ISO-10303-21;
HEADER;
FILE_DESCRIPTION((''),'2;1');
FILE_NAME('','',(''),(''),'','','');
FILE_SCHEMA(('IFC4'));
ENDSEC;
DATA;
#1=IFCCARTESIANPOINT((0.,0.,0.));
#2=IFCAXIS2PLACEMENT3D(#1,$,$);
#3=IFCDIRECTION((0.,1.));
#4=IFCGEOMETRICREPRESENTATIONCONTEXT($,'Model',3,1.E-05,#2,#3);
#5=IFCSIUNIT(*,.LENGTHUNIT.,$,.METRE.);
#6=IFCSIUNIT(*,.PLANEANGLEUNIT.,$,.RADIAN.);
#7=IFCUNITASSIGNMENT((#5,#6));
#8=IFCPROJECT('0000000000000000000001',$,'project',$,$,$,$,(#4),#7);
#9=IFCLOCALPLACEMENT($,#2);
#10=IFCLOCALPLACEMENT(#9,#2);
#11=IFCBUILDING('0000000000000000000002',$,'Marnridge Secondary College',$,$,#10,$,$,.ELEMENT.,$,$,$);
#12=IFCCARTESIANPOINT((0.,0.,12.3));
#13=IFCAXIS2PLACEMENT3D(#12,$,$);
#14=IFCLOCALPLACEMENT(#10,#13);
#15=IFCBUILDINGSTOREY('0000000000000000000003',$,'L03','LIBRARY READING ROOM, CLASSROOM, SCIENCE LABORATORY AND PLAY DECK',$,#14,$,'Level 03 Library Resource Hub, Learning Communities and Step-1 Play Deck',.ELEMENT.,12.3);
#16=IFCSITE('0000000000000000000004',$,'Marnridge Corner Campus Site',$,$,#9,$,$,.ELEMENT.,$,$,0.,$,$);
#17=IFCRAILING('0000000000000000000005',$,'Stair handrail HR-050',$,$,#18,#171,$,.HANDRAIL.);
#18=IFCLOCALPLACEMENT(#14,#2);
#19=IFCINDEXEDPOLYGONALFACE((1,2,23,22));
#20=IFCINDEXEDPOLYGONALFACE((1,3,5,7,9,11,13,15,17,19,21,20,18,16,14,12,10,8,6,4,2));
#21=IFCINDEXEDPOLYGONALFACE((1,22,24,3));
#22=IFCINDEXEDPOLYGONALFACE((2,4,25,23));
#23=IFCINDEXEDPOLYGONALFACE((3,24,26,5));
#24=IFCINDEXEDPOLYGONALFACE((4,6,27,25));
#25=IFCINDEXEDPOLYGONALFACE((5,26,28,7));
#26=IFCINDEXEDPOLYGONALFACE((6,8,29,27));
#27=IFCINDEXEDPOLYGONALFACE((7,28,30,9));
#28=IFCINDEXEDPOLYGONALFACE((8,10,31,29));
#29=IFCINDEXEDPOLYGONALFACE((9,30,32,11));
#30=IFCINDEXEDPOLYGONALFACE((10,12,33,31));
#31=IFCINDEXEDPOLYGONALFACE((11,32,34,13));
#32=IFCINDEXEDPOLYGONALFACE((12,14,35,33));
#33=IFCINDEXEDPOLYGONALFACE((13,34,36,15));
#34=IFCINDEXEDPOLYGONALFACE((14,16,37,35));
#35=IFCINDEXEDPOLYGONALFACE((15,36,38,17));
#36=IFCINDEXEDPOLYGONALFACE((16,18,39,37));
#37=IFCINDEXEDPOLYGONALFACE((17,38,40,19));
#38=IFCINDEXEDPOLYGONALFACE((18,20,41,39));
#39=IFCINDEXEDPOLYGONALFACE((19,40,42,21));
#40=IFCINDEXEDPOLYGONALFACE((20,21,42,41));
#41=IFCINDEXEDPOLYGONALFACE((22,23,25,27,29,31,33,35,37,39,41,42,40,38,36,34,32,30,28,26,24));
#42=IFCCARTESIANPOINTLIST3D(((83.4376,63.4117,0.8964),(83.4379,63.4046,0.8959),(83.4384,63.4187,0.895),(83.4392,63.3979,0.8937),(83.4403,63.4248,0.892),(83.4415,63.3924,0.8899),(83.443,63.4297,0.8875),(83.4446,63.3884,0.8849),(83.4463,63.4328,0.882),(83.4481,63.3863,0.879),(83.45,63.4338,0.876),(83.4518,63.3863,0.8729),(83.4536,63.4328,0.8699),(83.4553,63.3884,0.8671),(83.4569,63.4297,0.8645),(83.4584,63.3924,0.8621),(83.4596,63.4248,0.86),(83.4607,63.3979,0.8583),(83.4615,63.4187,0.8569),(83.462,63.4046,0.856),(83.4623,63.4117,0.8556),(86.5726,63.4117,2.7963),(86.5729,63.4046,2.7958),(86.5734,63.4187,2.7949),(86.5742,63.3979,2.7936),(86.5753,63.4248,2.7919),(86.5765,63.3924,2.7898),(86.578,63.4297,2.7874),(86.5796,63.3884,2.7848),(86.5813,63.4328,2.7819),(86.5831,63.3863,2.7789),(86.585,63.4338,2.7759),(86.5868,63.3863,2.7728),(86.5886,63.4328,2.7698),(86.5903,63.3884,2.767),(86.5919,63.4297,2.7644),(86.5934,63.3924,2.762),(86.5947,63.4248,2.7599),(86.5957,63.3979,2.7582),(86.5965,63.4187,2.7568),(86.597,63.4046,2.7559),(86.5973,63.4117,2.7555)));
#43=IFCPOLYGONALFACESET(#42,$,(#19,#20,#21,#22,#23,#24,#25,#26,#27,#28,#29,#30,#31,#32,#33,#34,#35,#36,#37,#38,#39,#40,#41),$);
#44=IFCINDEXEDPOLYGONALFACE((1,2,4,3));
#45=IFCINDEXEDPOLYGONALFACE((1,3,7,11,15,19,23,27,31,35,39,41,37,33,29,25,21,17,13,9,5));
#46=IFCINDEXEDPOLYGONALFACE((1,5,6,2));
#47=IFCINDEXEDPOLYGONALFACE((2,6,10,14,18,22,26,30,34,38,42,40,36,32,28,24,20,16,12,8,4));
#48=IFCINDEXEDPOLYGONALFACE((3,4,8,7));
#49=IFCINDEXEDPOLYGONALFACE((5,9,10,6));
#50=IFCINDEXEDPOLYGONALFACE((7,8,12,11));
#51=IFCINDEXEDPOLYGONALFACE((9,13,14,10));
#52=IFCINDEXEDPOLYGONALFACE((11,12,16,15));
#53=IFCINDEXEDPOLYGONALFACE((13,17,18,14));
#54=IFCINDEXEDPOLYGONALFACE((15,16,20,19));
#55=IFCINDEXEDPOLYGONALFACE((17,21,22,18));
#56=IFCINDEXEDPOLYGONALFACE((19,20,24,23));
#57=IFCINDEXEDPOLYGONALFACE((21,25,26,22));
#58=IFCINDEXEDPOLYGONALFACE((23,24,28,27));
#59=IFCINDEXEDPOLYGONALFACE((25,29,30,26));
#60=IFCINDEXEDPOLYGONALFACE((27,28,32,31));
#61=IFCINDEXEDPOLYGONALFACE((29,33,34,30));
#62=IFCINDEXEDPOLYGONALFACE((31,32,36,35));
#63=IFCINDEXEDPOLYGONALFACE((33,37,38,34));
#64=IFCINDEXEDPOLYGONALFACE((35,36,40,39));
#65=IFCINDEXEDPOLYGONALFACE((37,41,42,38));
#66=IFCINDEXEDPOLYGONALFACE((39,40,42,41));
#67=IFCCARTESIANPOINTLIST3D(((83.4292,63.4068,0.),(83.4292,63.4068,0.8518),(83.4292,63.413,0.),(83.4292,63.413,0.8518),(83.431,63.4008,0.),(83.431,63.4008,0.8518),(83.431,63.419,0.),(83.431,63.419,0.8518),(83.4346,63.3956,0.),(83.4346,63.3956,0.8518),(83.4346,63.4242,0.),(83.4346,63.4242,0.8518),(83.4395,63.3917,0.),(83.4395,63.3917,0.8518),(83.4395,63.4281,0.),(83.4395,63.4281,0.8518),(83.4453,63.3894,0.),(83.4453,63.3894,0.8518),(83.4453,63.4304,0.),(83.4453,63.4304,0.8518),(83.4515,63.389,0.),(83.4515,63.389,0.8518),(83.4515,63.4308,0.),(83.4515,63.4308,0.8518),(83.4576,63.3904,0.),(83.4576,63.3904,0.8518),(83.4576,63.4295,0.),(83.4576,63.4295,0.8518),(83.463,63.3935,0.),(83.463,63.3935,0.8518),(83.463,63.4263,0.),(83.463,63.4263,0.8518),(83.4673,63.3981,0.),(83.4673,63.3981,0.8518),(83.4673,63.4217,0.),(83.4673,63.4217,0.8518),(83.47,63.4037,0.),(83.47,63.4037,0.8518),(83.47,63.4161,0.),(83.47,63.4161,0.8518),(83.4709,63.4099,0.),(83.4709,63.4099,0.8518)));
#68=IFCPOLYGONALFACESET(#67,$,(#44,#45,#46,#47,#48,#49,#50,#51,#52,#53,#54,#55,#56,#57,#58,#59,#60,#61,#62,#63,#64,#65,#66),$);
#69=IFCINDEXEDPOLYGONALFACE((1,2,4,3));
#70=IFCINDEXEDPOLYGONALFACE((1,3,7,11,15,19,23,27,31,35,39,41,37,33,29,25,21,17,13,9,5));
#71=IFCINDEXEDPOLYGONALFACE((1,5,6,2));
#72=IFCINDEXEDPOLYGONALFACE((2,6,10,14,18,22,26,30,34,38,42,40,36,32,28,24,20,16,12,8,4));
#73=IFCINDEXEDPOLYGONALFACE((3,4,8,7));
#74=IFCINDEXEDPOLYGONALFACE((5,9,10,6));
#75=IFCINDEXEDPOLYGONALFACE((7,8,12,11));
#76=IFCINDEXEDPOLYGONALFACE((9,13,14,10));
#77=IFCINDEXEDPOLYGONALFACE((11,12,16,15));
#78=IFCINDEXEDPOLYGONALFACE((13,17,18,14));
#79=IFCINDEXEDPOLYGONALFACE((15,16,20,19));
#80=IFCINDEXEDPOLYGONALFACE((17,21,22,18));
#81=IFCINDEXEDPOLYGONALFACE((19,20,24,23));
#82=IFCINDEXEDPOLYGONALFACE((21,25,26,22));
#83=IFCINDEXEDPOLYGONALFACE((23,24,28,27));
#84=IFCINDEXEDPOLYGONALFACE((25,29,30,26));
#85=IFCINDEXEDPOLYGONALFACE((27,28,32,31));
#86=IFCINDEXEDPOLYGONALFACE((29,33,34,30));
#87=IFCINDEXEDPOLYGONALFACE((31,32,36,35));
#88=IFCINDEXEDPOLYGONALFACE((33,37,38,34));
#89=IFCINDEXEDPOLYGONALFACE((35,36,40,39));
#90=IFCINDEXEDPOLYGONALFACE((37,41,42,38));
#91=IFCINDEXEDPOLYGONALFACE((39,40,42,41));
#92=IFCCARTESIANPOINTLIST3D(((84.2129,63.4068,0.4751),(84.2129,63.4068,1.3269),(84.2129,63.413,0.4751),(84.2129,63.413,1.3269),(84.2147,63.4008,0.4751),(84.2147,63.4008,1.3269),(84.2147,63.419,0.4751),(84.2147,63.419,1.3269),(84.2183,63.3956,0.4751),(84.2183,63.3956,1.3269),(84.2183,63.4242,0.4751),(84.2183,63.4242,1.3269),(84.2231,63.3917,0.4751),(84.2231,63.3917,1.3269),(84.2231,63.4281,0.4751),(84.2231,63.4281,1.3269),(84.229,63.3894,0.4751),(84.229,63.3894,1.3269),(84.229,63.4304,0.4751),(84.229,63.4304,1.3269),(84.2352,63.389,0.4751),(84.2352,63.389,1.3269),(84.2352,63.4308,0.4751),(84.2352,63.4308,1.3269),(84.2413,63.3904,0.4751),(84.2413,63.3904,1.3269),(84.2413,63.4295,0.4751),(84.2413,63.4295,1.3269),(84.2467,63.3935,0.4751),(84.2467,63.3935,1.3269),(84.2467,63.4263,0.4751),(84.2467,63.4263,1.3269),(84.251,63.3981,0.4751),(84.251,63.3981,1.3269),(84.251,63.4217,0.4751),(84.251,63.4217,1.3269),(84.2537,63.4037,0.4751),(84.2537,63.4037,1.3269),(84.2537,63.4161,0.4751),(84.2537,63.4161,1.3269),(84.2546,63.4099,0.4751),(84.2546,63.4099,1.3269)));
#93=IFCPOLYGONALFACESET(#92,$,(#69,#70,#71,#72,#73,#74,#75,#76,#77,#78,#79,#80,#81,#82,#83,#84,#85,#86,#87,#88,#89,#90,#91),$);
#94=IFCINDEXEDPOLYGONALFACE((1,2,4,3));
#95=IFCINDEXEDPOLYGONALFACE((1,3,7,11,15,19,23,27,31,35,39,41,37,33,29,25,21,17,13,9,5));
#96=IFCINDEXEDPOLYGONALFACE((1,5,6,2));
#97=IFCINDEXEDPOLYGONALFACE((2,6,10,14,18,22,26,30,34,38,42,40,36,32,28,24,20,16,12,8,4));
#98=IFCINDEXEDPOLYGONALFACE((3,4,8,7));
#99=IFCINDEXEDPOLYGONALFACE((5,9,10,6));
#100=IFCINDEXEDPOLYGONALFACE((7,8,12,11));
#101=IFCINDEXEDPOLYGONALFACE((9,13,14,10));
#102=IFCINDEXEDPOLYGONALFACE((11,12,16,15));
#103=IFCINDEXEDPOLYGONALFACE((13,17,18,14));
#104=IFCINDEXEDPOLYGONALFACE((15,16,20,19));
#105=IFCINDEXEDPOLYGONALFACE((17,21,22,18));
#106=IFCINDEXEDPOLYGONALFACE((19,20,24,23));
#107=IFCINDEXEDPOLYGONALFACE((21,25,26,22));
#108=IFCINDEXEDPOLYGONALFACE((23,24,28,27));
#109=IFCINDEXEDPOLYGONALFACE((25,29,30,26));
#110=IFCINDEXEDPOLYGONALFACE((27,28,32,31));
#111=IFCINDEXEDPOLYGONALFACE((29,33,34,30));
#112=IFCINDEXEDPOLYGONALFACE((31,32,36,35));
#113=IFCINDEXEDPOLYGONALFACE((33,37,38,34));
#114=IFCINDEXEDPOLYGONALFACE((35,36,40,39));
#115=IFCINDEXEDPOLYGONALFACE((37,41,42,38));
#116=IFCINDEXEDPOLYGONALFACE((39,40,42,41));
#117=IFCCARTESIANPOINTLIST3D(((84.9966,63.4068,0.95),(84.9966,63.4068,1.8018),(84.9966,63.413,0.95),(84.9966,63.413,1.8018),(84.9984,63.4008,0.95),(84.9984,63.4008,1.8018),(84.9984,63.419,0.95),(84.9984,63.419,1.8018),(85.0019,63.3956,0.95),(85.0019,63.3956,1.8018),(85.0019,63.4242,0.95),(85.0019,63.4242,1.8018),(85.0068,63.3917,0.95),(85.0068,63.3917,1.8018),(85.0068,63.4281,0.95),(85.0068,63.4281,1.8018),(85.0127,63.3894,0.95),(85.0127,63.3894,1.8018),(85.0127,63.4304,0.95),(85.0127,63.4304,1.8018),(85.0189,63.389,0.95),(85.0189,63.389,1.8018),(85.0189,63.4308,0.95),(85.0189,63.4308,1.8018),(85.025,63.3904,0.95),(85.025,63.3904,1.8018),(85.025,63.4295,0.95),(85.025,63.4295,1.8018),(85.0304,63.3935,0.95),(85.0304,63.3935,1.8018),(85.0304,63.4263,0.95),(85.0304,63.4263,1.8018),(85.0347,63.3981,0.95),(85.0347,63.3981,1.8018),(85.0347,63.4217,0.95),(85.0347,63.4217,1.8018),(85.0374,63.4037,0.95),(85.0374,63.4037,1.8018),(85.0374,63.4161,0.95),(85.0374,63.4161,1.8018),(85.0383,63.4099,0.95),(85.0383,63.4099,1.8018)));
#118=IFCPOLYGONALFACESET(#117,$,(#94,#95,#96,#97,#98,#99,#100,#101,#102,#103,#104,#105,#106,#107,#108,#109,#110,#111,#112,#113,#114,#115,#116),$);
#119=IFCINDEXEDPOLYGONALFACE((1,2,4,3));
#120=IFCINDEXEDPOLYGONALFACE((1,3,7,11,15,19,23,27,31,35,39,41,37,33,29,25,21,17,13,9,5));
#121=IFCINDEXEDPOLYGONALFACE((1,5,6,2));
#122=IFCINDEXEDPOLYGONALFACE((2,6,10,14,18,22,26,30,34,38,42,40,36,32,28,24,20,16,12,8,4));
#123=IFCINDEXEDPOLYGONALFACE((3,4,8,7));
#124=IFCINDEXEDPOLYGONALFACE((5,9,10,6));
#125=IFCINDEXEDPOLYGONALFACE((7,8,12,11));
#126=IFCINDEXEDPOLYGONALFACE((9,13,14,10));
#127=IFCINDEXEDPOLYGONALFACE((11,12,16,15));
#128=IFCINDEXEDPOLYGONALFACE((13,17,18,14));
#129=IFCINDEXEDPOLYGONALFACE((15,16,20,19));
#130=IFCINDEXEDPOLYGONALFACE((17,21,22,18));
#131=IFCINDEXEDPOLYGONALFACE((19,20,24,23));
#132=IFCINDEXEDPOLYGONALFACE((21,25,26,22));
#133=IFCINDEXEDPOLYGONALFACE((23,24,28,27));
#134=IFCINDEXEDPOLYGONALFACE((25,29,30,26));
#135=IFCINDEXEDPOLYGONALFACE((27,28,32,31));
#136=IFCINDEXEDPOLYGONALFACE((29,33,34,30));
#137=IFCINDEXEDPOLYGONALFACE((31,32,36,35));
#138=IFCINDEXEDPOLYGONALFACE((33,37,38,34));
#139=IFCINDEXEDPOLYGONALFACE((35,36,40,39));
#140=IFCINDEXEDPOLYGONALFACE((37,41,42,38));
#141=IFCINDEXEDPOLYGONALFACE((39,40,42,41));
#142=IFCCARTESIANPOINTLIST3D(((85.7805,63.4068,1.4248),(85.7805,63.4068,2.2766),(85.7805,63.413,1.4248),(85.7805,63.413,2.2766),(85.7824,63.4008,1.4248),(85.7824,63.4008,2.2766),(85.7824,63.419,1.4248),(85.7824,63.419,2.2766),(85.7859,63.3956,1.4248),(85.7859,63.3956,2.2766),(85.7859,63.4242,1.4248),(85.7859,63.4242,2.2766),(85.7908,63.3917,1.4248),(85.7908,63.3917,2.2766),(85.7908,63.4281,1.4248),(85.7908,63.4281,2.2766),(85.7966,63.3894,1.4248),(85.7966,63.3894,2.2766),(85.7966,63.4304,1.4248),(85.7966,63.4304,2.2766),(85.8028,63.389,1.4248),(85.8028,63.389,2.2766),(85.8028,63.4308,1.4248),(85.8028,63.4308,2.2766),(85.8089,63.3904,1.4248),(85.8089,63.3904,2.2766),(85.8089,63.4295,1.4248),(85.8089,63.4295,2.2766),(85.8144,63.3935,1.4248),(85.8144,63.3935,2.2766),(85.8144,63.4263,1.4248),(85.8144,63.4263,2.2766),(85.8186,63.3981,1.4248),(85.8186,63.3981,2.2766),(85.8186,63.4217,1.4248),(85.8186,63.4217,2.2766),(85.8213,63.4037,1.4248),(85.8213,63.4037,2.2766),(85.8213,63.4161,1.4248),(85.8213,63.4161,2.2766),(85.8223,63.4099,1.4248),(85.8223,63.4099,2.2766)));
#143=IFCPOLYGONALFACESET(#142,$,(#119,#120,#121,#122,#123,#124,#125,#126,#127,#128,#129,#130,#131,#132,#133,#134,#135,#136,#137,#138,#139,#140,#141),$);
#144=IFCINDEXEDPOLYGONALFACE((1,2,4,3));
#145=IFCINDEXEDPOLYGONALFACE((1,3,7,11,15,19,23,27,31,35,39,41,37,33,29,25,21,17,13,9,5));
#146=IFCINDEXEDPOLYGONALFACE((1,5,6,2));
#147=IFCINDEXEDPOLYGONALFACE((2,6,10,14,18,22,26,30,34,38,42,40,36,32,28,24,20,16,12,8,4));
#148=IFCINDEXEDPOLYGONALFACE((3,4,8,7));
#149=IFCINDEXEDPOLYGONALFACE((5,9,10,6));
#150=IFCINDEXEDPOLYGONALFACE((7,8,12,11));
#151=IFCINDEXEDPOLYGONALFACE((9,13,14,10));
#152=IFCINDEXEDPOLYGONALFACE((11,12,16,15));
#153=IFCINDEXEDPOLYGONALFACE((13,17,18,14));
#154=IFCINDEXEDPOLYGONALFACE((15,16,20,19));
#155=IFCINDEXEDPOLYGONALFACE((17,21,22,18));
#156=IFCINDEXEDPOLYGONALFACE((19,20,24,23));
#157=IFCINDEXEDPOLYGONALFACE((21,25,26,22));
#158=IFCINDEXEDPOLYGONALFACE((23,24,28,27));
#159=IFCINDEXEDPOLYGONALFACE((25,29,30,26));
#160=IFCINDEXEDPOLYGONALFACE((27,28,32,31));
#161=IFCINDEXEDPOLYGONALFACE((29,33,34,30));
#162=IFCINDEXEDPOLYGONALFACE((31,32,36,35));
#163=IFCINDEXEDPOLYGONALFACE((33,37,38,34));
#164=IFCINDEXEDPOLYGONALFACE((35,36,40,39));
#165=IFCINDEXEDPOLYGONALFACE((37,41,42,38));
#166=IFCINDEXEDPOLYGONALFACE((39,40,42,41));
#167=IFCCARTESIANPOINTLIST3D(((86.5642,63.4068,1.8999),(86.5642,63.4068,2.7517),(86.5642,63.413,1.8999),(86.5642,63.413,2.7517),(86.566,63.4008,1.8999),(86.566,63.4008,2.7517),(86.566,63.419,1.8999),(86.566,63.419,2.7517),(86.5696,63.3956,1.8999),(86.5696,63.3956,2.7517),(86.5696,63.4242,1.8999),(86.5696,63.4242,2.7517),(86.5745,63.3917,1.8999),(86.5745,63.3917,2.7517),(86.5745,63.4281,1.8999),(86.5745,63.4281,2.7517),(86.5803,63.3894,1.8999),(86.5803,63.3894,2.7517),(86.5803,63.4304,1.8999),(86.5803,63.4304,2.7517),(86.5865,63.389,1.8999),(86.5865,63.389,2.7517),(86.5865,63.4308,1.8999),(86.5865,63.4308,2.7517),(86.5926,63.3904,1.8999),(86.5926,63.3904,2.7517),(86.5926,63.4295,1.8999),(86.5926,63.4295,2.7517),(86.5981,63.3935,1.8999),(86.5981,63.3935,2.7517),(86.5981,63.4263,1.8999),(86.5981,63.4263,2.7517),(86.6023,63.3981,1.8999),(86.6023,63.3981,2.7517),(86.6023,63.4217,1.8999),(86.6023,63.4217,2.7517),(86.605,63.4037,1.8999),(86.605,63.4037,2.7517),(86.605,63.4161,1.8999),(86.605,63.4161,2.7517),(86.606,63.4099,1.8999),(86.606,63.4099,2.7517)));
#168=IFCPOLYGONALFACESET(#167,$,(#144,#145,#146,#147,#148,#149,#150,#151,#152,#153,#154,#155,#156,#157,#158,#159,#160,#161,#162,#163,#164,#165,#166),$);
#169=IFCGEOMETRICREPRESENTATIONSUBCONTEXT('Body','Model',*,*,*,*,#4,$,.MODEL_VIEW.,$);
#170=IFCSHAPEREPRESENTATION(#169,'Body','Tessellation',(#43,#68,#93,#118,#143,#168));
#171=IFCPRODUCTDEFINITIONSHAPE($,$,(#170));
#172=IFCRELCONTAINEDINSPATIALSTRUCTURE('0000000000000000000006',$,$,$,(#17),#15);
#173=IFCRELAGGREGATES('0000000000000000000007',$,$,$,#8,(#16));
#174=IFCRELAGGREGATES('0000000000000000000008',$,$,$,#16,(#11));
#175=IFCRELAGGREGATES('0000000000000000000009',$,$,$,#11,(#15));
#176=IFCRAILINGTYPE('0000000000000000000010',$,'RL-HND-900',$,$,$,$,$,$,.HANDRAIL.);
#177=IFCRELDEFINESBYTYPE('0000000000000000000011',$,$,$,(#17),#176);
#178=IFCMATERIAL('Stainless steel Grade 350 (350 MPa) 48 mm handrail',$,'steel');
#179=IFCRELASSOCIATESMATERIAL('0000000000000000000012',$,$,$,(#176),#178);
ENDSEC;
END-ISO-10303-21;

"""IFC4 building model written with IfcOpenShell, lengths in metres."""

from ifc_helpers import new_model, si_unit, direction, frame, origin, origin_2d, place, context, subcontext, project, spatial, circle, extrude, material, type_object, element, save


model = new_model("IFC4")

# Units and contexts
model_context = context("Model", 3, precision=1e-05, world=origin(), true_north=direction((0.0, 1.0)))
body_context = subcontext(model_context, "Body", "Model", "MODEL_VIEW")
ifc_project = project(units=[si_unit("LENGTHUNIT", "METRE"), si_unit("PLANEANGLEUNIT", "RADIAN")], contexts=[model_context])

# Site, building, storey
site_placement = place(None, origin())
site = spatial("IfcSite", under=ifc_project, at=site_placement, Name="Marnridge Corner Campus Site", CompositionType="ELEMENT", RefElevation=0.0)
building_placement = place(site_placement, origin())
building = spatial("IfcBuilding", under=site, at=building_placement, Name="Marnridge Secondary College", CompositionType="ELEMENT")
storey_placement = place(building_placement, frame((0.0, 0.0, 12.3)))
storey = spatial("IfcBuildingStorey", under=building, at=storey_placement, Name="L03", Description="LIBRARY READING ROOM, CLASSROOM, SCIENCE LABORATORY AND PLAY DECK", LongName="Level 03 Library Resource Hub, Learning Communities and Step-1 Play Deck", CompositionType="ELEMENT", Elevation=12.3)

# Railing
ifc_material_1 = material(Name="Stainless steel Grade 350 (350 MPa) 48 mm handrail", Category="steel")
railing_type_1 = type_object("IfcRailingType", Name="RL-HND-900", PredefinedType="HANDRAIL", material=ifc_material_1)
for number, where, name in (
    (1, (83.45, 63.4099, 0.0), "Stair handrail HR-050"),
):
    element("IfcRailing", number, at=place(storey_placement, frame(where)), inside=storey, type_object=railing_type_1, Name=name, PredefinedType="HANDRAIL", context=body_context, shape_type="SweptSolid", body=[
        extrude(circle(Radius=0.0239, at=origin_2d()), frame((0.0, 0.0, 0.876), z_axis=(0.85521, 0.0, 0.518281), x_axis=(0.0, 1.0, 0.0)), (0.0, 0.0, 1.0), 3.6658),
        extrude(circle(Radius=0.021, at=origin_2d()), origin(), (0.0, 0.0, 1.0), 0.8518),
        extrude(circle(Radius=0.021, at=origin_2d()), frame((0.7837, 0.0, 0.4751)), (0.0, 0.0, 1.0), 0.8518),
        extrude(circle(Radius=0.021, at=origin_2d()), frame((1.5674, 0.0, 0.95)), (0.0, 0.0, 1.0), 0.8518),
        extrude(circle(Radius=0.021, at=origin_2d()), frame((2.3513, 0.0, 1.4248)), (0.0, 0.0, 1.0), 0.8518),
        extrude(circle(Radius=0.021, at=origin_2d()), frame((3.135, 0.0, 1.8999)), (0.0, 0.0, 1.0), 0.8518),
    ])

save(model, "model.ifc")
